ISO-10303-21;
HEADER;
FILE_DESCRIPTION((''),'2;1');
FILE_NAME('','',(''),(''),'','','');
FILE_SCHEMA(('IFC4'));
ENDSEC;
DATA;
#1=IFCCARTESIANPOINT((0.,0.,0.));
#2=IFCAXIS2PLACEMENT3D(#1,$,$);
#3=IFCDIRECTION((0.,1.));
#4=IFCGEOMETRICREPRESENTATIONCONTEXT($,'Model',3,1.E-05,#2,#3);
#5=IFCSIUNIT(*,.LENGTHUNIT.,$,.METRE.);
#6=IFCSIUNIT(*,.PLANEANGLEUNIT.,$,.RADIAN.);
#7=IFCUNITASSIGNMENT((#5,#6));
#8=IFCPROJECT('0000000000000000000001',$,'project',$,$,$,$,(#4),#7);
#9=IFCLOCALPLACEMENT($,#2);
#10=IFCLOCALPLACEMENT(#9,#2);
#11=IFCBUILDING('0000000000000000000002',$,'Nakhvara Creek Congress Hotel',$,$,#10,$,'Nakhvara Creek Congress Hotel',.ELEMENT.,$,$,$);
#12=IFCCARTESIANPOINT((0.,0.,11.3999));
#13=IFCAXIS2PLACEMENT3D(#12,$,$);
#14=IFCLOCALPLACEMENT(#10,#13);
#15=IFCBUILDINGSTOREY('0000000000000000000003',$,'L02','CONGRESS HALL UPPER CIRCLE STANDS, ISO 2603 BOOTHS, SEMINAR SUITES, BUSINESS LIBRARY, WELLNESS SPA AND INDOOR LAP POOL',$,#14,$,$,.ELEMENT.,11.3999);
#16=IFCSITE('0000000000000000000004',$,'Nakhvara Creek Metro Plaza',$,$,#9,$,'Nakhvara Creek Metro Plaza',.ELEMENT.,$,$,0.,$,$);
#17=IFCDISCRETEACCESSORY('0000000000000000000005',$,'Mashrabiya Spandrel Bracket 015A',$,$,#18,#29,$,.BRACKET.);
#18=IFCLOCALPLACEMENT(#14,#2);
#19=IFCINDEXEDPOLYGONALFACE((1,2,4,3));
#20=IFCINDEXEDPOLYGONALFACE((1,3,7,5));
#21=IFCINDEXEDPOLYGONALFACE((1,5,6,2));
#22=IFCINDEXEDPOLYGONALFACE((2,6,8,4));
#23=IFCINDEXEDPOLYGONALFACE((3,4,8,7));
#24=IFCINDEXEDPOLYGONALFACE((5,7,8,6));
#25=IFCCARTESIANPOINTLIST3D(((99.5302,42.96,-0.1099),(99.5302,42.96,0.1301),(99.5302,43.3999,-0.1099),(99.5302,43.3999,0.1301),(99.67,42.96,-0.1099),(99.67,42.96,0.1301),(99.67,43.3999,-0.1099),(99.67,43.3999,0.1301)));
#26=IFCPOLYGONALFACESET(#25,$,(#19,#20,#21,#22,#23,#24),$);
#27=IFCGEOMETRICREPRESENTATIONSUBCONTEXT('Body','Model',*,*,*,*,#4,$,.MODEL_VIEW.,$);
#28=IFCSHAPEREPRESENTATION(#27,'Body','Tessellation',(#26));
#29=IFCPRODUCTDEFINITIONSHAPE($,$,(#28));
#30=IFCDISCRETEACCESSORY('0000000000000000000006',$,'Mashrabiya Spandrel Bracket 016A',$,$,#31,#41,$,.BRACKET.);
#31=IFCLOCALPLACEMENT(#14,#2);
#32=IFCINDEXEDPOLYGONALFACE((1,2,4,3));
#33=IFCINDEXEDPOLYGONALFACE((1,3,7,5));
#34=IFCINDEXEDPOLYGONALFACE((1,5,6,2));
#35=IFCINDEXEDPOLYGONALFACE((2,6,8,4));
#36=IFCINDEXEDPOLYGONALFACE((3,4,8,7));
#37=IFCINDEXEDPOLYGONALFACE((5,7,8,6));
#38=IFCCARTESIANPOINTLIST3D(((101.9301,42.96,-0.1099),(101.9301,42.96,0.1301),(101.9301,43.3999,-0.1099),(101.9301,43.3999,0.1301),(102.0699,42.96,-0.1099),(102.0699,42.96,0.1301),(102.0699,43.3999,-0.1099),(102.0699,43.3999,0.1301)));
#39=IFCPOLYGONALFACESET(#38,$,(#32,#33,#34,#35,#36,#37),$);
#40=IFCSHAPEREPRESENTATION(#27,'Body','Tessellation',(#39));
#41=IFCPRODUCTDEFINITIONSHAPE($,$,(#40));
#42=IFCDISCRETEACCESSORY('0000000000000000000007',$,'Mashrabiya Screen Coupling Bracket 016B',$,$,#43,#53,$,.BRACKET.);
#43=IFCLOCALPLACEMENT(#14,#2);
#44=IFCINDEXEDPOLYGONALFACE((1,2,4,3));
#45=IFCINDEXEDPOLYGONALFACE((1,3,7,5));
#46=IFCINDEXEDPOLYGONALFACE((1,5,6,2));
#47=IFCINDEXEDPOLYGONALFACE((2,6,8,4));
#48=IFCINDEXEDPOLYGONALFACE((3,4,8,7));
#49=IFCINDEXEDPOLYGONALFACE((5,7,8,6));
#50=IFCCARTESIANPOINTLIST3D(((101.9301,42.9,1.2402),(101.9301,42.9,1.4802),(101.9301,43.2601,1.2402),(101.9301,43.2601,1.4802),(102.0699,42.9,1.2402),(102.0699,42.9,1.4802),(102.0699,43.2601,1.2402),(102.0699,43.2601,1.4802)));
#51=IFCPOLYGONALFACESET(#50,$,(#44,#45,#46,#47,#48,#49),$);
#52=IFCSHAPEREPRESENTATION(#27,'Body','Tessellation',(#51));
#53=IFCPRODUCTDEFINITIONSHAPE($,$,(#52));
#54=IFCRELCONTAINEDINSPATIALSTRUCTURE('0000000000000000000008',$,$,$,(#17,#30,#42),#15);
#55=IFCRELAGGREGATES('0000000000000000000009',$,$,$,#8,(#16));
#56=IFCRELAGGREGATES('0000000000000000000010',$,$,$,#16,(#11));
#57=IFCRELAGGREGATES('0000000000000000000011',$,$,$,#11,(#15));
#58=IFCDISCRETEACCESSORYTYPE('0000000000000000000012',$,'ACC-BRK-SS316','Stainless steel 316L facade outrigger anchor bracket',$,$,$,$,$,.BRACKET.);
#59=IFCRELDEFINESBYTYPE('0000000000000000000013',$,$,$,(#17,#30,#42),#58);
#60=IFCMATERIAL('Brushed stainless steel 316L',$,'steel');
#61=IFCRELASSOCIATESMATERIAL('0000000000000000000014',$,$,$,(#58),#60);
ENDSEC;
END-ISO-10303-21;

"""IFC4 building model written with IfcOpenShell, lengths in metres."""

from ifc_helpers import new_model, si_unit, direction, frame, origin, origin_2d, place, context, subcontext, project, spatial, rectangle, extrude, material, type_object, element, save


model = new_model("IFC4")

# Units and contexts
model_context = context("Model", 3, precision=1e-05, world=origin(), true_north=direction((0.0, 1.0)))
body_context = subcontext(model_context, "Body", "Model", "MODEL_VIEW")
ifc_project = project(units=[si_unit("LENGTHUNIT", "METRE"), si_unit("PLANEANGLEUNIT", "RADIAN")], contexts=[model_context])

# Site, building, storey
site_placement = place(None, origin())
site = spatial("IfcSite", under=ifc_project, at=site_placement, Name="Nakhvara Creek Metro Plaza", LongName="Nakhvara Creek Metro Plaza", CompositionType="ELEMENT", RefElevation=0.0)
building_placement = place(site_placement, origin())
building = spatial("IfcBuilding", under=site, at=building_placement, Name="Nakhvara Creek Congress Hotel", LongName="Nakhvara Creek Congress Hotel", CompositionType="ELEMENT")
storey_placement = place(building_placement, frame((0.0, 0.0, 11.3999)))
storey = spatial("IfcBuildingStorey", under=building, at=storey_placement, Name="L02", Description="CONGRESS HALL UPPER CIRCLE STANDS, ISO 2603 BOOTHS, SEMINAR SUITES, BUSINESS LIBRARY, WELLNESS SPA AND INDOOR LAP POOL", CompositionType="ELEMENT", Elevation=11.3999)

# Discrete accessories
ifc_material_1 = material(Name="Brushed stainless steel 316L", Category="steel")
discrete_accessory_type = type_object("IfcDiscreteAccessoryType", Name="ACC-BRK-SS316", Description="Stainless steel 316L facade outrigger anchor bracket", PredefinedType="BRACKET", material=ifc_material_1)
for number, where, z_axis, x_axis, name in (
    (1, (99.6001, 43.1799, -0.1099), (0.0, 0.0, 1.0), (1.0, 0.0, 0.0), "Mashrabiya Spandrel Bracket 015A"),
    (2, (102.0, 43.1799, -0.1099), (0.0, 0.0, 1.0), (1.0, 0.0, 0.0), "Mashrabiya Spandrel Bracket 016A"),
):
    element("IfcDiscreteAccessory", number, at=place(storey_placement, frame(where, z_axis=z_axis, x_axis=x_axis)), inside=storey, type_object=discrete_accessory_type, Name=name, PredefinedType="BRACKET", context=body_context, shape_type="SweptSolid", body=[
        extrude(rectangle(XDim=0.1399, YDim=0.4399, at=origin_2d()), origin(), (0.0, 0.0, 1.0), 0.24),
    ])
discrete_accessory_placement = place(storey_placement, frame((102.0, 43.0801, 1.2402), z_axis=(0.0, 0.0, 1.0), x_axis=(1.0, 0.0, 0.0)))
element("IfcDiscreteAccessory", 3, at=discrete_accessory_placement, inside=storey, type_object=discrete_accessory_type, Name="Mashrabiya Screen Coupling Bracket 016B", PredefinedType="BRACKET", context=body_context, shape_type="SweptSolid", body=[
    extrude(rectangle(XDim=0.1399, YDim=0.3601, at=origin_2d()), origin(), (0.0, 0.0, 1.0), 0.24),
])

save(model, "model.ifc")
